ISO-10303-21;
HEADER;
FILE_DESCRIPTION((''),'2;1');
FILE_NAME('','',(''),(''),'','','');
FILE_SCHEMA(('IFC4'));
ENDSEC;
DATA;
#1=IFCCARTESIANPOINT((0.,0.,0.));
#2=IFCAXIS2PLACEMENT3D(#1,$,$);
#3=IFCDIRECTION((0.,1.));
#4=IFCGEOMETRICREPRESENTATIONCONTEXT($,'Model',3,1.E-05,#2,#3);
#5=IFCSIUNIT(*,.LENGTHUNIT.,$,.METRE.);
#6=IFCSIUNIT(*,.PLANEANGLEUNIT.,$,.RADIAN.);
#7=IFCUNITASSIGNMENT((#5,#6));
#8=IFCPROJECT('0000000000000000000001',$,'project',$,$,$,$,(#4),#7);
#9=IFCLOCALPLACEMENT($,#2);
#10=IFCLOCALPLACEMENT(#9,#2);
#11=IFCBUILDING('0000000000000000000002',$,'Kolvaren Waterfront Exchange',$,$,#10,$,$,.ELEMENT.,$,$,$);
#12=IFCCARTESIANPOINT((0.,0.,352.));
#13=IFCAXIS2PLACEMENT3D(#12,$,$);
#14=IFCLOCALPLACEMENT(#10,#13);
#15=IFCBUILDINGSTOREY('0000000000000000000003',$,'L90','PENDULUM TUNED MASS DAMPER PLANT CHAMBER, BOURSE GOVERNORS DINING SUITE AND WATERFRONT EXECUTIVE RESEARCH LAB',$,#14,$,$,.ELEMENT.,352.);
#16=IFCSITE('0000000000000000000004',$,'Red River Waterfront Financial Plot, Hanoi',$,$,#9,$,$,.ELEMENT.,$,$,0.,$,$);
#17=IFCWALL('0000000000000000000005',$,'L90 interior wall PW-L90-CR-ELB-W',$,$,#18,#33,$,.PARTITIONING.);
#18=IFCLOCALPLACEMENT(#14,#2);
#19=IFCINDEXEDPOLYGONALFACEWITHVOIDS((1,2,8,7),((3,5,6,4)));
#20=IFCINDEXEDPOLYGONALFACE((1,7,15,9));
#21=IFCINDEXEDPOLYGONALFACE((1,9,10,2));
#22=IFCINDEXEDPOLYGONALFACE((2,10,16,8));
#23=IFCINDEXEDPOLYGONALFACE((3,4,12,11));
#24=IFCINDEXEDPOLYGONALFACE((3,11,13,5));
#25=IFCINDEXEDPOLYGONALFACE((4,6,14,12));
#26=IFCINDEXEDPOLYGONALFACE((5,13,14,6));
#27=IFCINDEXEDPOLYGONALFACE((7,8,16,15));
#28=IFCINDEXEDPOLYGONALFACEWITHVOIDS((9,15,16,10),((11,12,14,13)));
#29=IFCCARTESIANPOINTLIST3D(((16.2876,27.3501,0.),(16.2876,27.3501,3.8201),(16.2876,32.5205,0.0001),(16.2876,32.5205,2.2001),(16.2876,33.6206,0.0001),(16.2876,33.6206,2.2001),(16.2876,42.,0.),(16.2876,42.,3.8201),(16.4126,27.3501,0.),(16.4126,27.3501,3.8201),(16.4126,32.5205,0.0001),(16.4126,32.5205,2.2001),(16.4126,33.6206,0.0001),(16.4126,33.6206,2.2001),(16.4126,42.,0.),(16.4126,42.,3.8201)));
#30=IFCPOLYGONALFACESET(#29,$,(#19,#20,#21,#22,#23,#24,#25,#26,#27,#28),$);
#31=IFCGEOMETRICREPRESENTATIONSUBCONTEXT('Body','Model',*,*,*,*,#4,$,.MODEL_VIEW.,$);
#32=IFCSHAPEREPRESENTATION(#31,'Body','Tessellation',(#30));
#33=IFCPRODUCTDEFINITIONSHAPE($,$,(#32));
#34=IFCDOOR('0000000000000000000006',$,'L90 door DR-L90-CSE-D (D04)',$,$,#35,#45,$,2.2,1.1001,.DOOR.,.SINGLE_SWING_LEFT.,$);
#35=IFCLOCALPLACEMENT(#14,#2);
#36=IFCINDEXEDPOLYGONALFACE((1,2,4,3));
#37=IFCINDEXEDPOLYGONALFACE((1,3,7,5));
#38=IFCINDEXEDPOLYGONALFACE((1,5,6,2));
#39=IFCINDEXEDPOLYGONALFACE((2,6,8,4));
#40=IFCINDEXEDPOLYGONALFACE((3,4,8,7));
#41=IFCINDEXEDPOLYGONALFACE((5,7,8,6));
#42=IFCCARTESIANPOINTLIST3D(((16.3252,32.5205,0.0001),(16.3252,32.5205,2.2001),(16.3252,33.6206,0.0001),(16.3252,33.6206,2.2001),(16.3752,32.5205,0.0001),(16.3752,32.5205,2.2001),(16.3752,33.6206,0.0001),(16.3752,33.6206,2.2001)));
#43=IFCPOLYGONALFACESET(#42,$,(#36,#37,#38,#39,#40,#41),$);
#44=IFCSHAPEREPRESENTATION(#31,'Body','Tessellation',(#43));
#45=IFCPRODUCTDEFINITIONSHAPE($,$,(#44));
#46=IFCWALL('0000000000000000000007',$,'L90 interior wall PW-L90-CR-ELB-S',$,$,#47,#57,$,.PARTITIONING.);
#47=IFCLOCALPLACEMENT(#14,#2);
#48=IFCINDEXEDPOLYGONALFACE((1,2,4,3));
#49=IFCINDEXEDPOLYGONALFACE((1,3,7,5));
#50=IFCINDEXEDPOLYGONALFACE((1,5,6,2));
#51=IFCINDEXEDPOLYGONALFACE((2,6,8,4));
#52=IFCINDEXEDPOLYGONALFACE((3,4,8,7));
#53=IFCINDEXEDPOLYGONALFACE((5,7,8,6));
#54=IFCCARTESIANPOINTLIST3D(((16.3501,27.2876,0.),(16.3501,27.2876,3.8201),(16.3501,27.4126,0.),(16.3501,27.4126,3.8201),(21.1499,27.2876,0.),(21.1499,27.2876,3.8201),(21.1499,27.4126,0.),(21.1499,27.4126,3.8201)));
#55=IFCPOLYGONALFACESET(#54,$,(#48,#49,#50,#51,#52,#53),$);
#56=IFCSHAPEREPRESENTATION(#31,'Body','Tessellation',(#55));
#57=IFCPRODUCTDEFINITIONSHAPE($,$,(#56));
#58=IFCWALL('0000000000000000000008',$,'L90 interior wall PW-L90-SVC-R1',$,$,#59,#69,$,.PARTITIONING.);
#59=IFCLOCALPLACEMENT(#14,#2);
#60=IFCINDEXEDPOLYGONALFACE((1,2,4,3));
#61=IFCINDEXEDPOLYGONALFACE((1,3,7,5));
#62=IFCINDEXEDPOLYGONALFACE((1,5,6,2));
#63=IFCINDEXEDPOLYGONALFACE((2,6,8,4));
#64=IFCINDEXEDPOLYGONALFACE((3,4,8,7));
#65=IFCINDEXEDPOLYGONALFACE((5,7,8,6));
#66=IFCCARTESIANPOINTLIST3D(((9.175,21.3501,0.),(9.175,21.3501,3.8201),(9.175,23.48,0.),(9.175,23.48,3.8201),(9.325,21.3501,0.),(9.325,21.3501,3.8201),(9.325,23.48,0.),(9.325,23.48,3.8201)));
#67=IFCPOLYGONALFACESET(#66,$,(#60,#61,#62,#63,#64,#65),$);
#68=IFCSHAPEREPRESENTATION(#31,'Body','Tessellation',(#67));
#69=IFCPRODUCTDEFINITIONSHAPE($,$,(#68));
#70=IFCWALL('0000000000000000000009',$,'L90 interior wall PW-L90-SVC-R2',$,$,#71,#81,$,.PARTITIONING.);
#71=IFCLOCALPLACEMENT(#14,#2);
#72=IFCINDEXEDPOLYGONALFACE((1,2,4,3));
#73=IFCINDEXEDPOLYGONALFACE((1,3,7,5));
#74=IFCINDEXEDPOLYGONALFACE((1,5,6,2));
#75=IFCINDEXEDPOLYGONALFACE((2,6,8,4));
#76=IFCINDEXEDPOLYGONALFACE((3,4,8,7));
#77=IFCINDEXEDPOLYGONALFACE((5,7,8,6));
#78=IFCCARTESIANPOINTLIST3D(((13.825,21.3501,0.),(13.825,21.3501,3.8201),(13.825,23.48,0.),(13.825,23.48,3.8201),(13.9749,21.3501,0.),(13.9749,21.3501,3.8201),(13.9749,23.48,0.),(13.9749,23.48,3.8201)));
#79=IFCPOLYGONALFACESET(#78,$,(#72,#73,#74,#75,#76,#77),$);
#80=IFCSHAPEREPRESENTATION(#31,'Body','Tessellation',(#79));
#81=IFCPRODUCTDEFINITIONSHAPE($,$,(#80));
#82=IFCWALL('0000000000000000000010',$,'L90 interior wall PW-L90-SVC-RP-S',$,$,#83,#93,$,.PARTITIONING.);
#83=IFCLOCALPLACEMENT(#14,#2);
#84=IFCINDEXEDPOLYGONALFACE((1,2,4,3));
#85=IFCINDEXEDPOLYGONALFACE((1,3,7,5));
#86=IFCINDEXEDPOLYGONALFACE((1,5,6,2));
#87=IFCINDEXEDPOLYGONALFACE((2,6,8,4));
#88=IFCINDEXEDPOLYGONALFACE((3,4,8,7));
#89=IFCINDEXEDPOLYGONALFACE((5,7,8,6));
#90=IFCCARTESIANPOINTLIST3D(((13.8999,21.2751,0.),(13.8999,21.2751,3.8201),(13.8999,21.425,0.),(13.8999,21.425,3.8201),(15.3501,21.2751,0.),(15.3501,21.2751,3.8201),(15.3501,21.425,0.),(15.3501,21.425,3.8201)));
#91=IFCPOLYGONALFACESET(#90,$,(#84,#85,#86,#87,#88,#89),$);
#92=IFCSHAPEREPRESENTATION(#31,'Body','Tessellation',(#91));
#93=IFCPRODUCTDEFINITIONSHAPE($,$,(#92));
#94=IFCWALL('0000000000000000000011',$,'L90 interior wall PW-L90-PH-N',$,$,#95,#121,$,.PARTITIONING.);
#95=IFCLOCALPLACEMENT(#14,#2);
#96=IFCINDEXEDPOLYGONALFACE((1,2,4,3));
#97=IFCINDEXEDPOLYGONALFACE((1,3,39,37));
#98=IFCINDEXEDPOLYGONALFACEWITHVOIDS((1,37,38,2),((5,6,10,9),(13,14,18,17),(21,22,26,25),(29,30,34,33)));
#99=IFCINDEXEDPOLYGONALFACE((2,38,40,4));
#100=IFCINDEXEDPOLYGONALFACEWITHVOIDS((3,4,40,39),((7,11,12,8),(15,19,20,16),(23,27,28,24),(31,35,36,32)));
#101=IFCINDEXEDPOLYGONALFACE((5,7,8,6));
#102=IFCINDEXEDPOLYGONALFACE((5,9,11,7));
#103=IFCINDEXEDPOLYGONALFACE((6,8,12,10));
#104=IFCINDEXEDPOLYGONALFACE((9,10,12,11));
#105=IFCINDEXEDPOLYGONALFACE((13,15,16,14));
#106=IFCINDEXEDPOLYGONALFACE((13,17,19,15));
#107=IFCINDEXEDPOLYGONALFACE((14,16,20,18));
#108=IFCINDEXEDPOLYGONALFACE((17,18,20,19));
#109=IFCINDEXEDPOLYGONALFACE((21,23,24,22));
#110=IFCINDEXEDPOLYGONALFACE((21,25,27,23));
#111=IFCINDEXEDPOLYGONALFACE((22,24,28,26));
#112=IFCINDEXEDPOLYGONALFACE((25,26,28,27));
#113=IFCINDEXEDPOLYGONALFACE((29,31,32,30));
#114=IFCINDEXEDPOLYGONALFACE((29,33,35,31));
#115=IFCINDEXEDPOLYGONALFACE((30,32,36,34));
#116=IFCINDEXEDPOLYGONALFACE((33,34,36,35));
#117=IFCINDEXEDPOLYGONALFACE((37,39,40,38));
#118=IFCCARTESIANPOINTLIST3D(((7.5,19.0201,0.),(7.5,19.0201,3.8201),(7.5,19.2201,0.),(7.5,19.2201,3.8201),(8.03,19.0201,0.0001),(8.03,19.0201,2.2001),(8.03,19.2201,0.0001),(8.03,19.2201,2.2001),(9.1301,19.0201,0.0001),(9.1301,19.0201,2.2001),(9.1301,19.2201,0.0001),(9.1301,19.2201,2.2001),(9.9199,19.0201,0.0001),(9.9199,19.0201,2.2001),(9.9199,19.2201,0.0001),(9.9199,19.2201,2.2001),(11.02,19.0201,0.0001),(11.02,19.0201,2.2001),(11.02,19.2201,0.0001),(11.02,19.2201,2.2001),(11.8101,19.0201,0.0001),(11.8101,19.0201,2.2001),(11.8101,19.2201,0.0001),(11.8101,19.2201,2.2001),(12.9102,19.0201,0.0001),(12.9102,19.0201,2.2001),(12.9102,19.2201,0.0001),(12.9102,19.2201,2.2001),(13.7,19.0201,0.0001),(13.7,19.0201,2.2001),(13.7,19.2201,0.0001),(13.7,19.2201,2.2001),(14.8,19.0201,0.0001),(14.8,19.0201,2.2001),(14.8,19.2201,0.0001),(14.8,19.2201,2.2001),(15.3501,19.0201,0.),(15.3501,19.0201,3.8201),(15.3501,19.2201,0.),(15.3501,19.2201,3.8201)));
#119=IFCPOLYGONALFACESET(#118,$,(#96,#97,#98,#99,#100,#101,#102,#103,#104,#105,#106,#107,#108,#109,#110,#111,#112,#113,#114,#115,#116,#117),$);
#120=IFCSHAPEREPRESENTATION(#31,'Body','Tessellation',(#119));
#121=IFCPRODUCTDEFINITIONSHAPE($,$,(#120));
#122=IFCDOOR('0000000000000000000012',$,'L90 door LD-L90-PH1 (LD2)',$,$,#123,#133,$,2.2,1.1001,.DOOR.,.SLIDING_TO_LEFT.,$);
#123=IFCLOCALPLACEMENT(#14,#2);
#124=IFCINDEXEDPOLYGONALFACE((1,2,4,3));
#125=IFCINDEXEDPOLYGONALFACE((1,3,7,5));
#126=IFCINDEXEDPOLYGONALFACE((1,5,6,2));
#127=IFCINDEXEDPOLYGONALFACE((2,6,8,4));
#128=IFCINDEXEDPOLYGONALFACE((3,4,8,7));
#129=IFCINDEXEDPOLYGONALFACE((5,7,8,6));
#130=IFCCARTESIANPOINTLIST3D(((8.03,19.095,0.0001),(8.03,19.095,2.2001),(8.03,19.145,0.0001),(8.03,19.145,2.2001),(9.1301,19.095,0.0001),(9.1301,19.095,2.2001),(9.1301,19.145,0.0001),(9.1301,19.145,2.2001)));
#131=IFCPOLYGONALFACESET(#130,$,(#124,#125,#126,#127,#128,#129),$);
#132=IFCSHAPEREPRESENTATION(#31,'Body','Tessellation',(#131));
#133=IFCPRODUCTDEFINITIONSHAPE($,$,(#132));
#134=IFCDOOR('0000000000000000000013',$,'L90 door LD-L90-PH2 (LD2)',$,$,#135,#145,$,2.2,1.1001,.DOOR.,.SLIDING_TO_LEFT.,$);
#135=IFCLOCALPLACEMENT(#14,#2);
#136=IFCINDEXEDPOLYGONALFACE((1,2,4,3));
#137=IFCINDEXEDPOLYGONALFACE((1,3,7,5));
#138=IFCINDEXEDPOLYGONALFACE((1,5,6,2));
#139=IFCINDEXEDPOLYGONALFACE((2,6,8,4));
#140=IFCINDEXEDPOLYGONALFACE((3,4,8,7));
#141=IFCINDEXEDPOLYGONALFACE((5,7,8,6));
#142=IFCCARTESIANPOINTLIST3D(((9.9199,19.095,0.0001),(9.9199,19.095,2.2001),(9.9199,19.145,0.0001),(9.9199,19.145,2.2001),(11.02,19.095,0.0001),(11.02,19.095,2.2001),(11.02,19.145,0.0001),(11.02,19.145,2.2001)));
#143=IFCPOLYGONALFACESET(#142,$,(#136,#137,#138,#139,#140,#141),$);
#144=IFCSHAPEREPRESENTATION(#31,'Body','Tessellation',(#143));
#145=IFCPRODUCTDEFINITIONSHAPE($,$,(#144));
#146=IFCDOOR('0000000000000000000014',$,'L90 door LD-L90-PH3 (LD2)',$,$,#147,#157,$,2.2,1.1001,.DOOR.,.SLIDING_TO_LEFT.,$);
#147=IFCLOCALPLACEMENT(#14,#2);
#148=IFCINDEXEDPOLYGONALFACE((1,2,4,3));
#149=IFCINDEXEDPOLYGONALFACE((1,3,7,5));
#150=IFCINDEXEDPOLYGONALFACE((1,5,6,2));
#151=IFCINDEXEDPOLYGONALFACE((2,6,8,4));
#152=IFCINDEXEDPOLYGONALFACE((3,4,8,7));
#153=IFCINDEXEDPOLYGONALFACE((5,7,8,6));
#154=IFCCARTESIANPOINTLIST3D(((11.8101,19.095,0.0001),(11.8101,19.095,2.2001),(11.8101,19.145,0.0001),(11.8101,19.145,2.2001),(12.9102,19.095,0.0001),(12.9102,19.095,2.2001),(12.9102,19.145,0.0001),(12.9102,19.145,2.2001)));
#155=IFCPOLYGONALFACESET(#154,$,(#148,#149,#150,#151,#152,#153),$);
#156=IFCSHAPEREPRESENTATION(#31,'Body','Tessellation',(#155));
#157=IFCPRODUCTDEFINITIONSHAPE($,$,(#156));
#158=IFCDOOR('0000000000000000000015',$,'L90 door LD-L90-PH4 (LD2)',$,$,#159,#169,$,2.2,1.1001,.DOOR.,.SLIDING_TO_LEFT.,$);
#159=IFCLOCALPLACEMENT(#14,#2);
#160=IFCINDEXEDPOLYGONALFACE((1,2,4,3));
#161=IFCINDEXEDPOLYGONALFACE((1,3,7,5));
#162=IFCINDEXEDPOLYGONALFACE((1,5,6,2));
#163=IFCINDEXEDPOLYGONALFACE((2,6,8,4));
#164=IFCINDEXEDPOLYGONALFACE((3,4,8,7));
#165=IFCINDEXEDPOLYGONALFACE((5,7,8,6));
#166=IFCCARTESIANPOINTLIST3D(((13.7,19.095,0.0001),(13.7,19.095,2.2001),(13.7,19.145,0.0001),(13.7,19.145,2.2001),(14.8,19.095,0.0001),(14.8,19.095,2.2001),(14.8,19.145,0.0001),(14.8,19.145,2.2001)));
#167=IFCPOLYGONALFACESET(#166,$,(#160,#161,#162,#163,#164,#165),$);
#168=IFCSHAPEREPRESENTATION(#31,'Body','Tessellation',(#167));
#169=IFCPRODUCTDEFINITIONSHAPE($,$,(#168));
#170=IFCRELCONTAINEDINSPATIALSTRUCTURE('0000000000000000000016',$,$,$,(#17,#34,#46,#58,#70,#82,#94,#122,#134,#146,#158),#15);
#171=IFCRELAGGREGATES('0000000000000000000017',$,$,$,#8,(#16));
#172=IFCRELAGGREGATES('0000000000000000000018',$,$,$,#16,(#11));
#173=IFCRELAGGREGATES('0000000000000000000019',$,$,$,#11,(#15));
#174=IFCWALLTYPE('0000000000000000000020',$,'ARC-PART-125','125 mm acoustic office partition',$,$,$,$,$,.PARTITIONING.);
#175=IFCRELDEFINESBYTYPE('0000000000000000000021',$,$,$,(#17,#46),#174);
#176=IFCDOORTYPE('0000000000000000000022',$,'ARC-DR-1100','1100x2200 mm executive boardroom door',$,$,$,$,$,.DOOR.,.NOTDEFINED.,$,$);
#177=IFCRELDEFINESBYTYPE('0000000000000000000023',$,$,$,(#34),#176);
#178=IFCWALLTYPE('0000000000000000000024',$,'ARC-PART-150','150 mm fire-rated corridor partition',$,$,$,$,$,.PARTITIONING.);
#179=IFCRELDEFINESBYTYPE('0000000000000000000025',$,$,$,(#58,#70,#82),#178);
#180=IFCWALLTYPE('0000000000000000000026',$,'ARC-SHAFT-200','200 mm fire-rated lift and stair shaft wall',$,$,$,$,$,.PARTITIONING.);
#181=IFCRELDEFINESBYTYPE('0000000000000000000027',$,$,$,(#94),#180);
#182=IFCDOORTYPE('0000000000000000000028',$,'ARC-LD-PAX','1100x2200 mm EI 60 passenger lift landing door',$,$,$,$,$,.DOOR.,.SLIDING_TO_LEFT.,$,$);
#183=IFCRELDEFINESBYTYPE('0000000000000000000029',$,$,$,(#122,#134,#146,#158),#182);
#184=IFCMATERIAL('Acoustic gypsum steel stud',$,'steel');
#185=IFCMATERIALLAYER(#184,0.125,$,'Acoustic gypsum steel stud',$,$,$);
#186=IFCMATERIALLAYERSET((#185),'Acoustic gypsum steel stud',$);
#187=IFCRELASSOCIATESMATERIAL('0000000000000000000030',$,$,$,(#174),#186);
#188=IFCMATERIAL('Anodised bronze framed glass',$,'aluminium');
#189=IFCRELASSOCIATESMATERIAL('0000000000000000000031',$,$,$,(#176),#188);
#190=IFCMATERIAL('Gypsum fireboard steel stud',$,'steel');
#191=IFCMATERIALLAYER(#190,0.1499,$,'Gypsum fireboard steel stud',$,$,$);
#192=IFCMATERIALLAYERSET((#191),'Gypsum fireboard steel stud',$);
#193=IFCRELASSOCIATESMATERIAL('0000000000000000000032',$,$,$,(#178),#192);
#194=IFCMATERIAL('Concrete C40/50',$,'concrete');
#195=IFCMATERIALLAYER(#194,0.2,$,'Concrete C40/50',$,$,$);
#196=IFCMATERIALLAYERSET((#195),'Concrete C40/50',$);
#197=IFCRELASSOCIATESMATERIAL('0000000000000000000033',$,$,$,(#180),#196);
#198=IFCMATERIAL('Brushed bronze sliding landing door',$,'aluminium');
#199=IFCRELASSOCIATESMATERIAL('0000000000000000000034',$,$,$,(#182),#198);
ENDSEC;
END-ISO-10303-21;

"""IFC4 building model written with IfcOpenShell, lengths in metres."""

from ifc_helpers import new_model, si_unit, direction, frame, frame_2d, origin, place, context, subcontext, project, spatial, rectangle, extrude, material, layer, layer_set, type_object, element, fill, save


model = new_model("IFC4")

# Units and contexts
model_context = context("Model", 3, precision=1e-05, world=origin(), true_north=direction((0.0, 1.0)))
body_context = subcontext(model_context, "Body", "Model", "MODEL_VIEW")
ifc_project = project(units=[si_unit("LENGTHUNIT", "METRE"), si_unit("PLANEANGLEUNIT", "RADIAN")], contexts=[model_context])

# Site, building, storey
site_placement = place(None, origin())
site = spatial("IfcSite", under=ifc_project, at=site_placement, Name="Red River Waterfront Financial Plot, Hanoi", CompositionType="ELEMENT", RefElevation=0.0)
building_placement = place(site_placement, origin())
building = spatial("IfcBuilding", under=site, at=building_placement, Name="Kolvaren Waterfront Exchange", CompositionType="ELEMENT")
storey_placement = place(building_placement, frame((0.0, 0.0, 352.0)))
storey = spatial("IfcBuildingStorey", under=building, at=storey_placement, Name="L90", Description="PENDULUM TUNED MASS DAMPER PLANT CHAMBER, BOURSE GOVERNORS DINING SUITE AND WATERFRONT EXECUTIVE RESEARCH LAB", CompositionType="ELEMENT", Elevation=352.0)

# Shared definitions
ifc_material_1 = material(Name="Acoustic gypsum steel stud", Category="steel")
ifc_layer_1 = layer(ifc_material_1, 0.125, Name="Acoustic gypsum steel stud")
ifc_layer_set_1 = layer_set([ifc_layer_1], Name="Acoustic gypsum steel stud")
wall_type_1 = type_object("IfcWallType", Name="ARC-PART-125", Description="125 mm acoustic office partition", PredefinedType="PARTITIONING", material=ifc_layer_set_1)

# Wall, opening, door
wall_1_placement = place(storey_placement, frame((16.3501, 27.3501, 0.0), z_axis=(0.0, 0.0, 1.0), x_axis=(0.0, 1.0, 0.0)))
wall_1 = element("IfcWall", 1, at=wall_1_placement, inside=storey, type_object=wall_type_1, Name="L90 interior wall PW-L90-CR-ELB-W", PredefinedType="PARTITIONING", context=body_context, shape_type="SweptSolid", body=[
    extrude(rectangle(XDim=14.6499, YDim=0.125, at=frame_2d((7.325, 0.0))), origin(), (0.0, 0.0, 1.0), 3.8201),
])
opening_1_placement = place(wall_1_placement, frame((5.1704, 0.0, 0.0)))
opening_1 = element("IfcOpeningElement", 2, at=opening_1_placement, cuts=wall_1, PredefinedType="OPENING", context=body_context, shape_type="SweptSolid", body=[
    extrude(rectangle(XDim=1.1001, YDim=2.2, at=frame_2d((0.55, 1.1001))), frame((0.0, 0.0725, 0.0), z_axis=(0.0, -1.0, 0.0), x_axis=(1.0, 0.0, 0.0)), (0.0, 0.0, 1.0), 0.145),
])
ifc_material_2 = material(Name="Anodised bronze framed glass", Category="aluminium")
door_type_1 = type_object("IfcDoorType", Name="ARC-DR-1100", Description="1100x2200 mm executive boardroom door", OperationType="NOTDEFINED", PredefinedType="DOOR", material=ifc_material_2)
door_1_placement = place(opening_1_placement, origin())
door_1 = element("IfcDoor", 3, at=door_1_placement, inside=storey, type_object=door_type_1, Name="L90 door DR-L90-CSE-D (D04)", OperationType="SINGLE_SWING_LEFT", OverallHeight=2.2, OverallWidth=1.1001, PredefinedType="DOOR", context=body_context, shape_type="SweptSolid", body=[
    extrude(rectangle(XDim=1.1001, YDim=2.2, at=frame_2d((0.55, 1.1001))), frame((0.0, 0.0249, 0.0), z_axis=(0.0, -1.0, 0.0), x_axis=(1.0, 0.0, 0.0)), (0.0, 0.0, 1.0), 0.05),
])
fill(opening_1, door_1)

# Walls
wall_2_placement = place(storey_placement, frame((16.3501, 27.3501, 0.0), z_axis=(0.0, 0.0, 1.0), x_axis=(1.0, 0.0, 0.0)))
element("IfcWall", 4, at=wall_2_placement, inside=storey, type_object=wall_type_1, Name="L90 interior wall PW-L90-CR-ELB-S", PredefinedType="PARTITIONING", context=body_context, shape_type="SweptSolid", body=[
    extrude(rectangle(XDim=4.7998, YDim=0.125, at=frame_2d((2.3999, 0.0))), origin(), (0.0, 0.0, 1.0), 3.8201),
])
ifc_material_3 = material(Name="Gypsum fireboard steel stud", Category="steel")
ifc_layer_2 = layer(ifc_material_3, 0.1499, Name="Gypsum fireboard steel stud")
ifc_layer_set_2 = layer_set([ifc_layer_2], Name="Gypsum fireboard steel stud")
wall_type_2 = type_object("IfcWallType", Name="ARC-PART-150", Description="150 mm fire-rated corridor partition", PredefinedType="PARTITIONING", material=ifc_layer_set_2)
for number, where, z_axis, x_axis, name in (
    (5, (9.25, 21.3501, 0.0), (0.0, 0.0, 1.0), (0.0, 1.0, 0.0), "L90 interior wall PW-L90-SVC-R1"),
    (6, (13.8999, 21.3501, 0.0), (0.0, 0.0, 1.0), (0.0, 1.0, 0.0), "L90 interior wall PW-L90-SVC-R2"),
):
    element("IfcWall", number, at=place(storey_placement, frame(where, z_axis=z_axis, x_axis=x_axis)), inside=storey, type_object=wall_type_2, Name=name, PredefinedType="PARTITIONING", context=body_context, shape_type="SweptSolid", body=[
        extrude(rectangle(XDim=2.1299, YDim=0.1499, at=frame_2d((1.0649, 0.0))), origin(), (0.0, 0.0, 1.0), 3.8201),
    ])

# Wall
wall_3_placement = place(storey_placement, frame((13.8999, 21.3501, 0.0), z_axis=(0.0, 0.0, 1.0), x_axis=(1.0, 0.0, 0.0)))
element("IfcWall", 7, at=wall_3_placement, inside=storey, type_object=wall_type_2, Name="L90 interior wall PW-L90-SVC-RP-S", PredefinedType="PARTITIONING", context=body_context, shape_type="SweptSolid", body=[
    extrude(rectangle(XDim=1.4502, YDim=0.1499, at=frame_2d((0.7251, 0.0))), origin(), (0.0, 0.0, 1.0), 3.8201),
])

# Wall, openings, doors
ifc_material_4 = material(Name="Concrete C40/50", Category="concrete")
ifc_layer_3 = layer(ifc_material_4, 0.2, Name="Concrete C40/50")
ifc_layer_set_3 = layer_set([ifc_layer_3], Name="Concrete C40/50")
wall_type_3 = type_object("IfcWallType", Name="ARC-SHAFT-200", Description="200 mm fire-rated lift and stair shaft wall", PredefinedType="PARTITIONING", material=ifc_layer_set_3)
wall_4_placement = place(storey_placement, frame((7.5, 19.1201, 0.0), z_axis=(0.0, 0.0, 1.0), x_axis=(1.0, 0.0, 0.0)))
wall_4 = element("IfcWall", 8, at=wall_4_placement, inside=storey, type_object=wall_type_3, Name="L90 interior wall PW-L90-PH-N", PredefinedType="PARTITIONING", context=body_context, shape_type="SweptSolid", body=[
    extrude(rectangle(XDim=7.8501, YDim=0.2, at=frame_2d((3.925, 0.0))), origin(), (0.0, 0.0, 1.0), 3.8201),
])
opening_2_placement = place(wall_4_placement, frame((0.53, 0.0, 0.0)))
opening_2 = element("IfcOpeningElement", 9, at=opening_2_placement, cuts=wall_4, PredefinedType="OPENING", context=body_context, shape_type="SweptSolid", body=[
    extrude(rectangle(XDim=1.1001, YDim=2.2, at=frame_2d((0.55, 1.1001))), frame((0.0, 0.1099, 0.0), z_axis=(0.0, -1.0, 0.0), x_axis=(1.0, 0.0, 0.0)), (0.0, 0.0, 1.0), 0.22),
])
opening_3_placement = place(wall_4_placement, frame((2.4199, 0.0, 0.0)))
opening_3 = element("IfcOpeningElement", 10, at=opening_3_placement, cuts=wall_4, PredefinedType="OPENING", context=body_context, shape_type="SweptSolid", body=[
    extrude(rectangle(XDim=1.1001, YDim=2.2, at=frame_2d((0.55, 1.1001))), frame((0.0, 0.1099, 0.0), z_axis=(0.0, -1.0, 0.0), x_axis=(1.0, 0.0, 0.0)), (0.0, 0.0, 1.0), 0.22),
])
opening_4_placement = place(wall_4_placement, frame((4.3101, 0.0, 0.0)))
opening_4 = element("IfcOpeningElement", 11, at=opening_4_placement, cuts=wall_4, PredefinedType="OPENING", context=body_context, shape_type="SweptSolid", body=[
    extrude(rectangle(XDim=1.1001, YDim=2.2, at=frame_2d((0.55, 1.1001))), frame((0.0, 0.1099, 0.0), z_axis=(0.0, -1.0, 0.0), x_axis=(1.0, 0.0, 0.0)), (0.0, 0.0, 1.0), 0.22),
])
opening_5_placement = place(wall_4_placement, frame((6.2, 0.0, 0.0)))
opening_5 = element("IfcOpeningElement", 12, at=opening_5_placement, cuts=wall_4, PredefinedType="OPENING", context=body_context, shape_type="SweptSolid", body=[
    extrude(rectangle(XDim=1.1001, YDim=2.2, at=frame_2d((0.55, 1.1001))), frame((0.0, 0.1099, 0.0), z_axis=(0.0, -1.0, 0.0), x_axis=(1.0, 0.0, 0.0)), (0.0, 0.0, 1.0), 0.22),
])
ifc_material_5 = material(Name="Brushed bronze sliding landing door", Category="aluminium")
door_type_2 = type_object("IfcDoorType", Name="ARC-LD-PAX", Description="1100x2200 mm EI 60 passenger lift landing door", OperationType="SLIDING_TO_LEFT", PredefinedType="DOOR", material=ifc_material_5)
door_2_placement = place(opening_2_placement, origin())
door_2 = element("IfcDoor", 13, at=door_2_placement, inside=storey, type_object=door_type_2, Name="L90 door LD-L90-PH1 (LD2)", OperationType="SLIDING_TO_LEFT", OverallHeight=2.2, OverallWidth=1.1001, PredefinedType="DOOR", context=body_context, shape_type="SweptSolid", body=[
    extrude(rectangle(XDim=1.1001, YDim=2.2, at=frame_2d((0.55, 1.1001))), frame((0.0, 0.0249, 0.0), z_axis=(0.0, -1.0, 0.0), x_axis=(1.0, 0.0, 0.0)), (0.0, 0.0, 1.0), 0.05),
])
fill(opening_2, door_2)
door_3_placement = place(opening_3_placement, origin())
door_3 = element("IfcDoor", 14, at=door_3_placement, inside=storey, type_object=door_type_2, Name="L90 door LD-L90-PH2 (LD2)", OperationType="SLIDING_TO_LEFT", OverallHeight=2.2, OverallWidth=1.1001, PredefinedType="DOOR", context=body_context, shape_type="SweptSolid", body=[
    extrude(rectangle(XDim=1.1001, YDim=2.2, at=frame_2d((0.55, 1.1001))), frame((0.0, 0.0249, 0.0), z_axis=(0.0, -1.0, 0.0), x_axis=(1.0, 0.0, 0.0)), (0.0, 0.0, 1.0), 0.05),
])
fill(opening_3, door_3)
door_4_placement = place(opening_4_placement, origin())
door_4 = element("IfcDoor", 15, at=door_4_placement, inside=storey, type_object=door_type_2, Name="L90 door LD-L90-PH3 (LD2)", OperationType="SLIDING_TO_LEFT", OverallHeight=2.2, OverallWidth=1.1001, PredefinedType="DOOR", context=body_context, shape_type="SweptSolid", body=[
    extrude(rectangle(XDim=1.1001, YDim=2.2, at=frame_2d((0.55, 1.1001))), frame((0.0, 0.0249, 0.0), z_axis=(0.0, -1.0, 0.0), x_axis=(1.0, 0.0, 0.0)), (0.0, 0.0, 1.0), 0.05),
])
fill(opening_4, door_4)
door_5_placement = place(opening_5_placement, origin())
door_5 = element("IfcDoor", 16, at=door_5_placement, inside=storey, type_object=door_type_2, Name="L90 door LD-L90-PH4 (LD2)", OperationType="SLIDING_TO_LEFT", OverallHeight=2.2, OverallWidth=1.1001, PredefinedType="DOOR", context=body_context, shape_type="SweptSolid", body=[
    extrude(rectangle(XDim=1.1001, YDim=2.2, at=frame_2d((0.55, 1.1001))), frame((0.0, 0.0249, 0.0), z_axis=(0.0, -1.0, 0.0), x_axis=(1.0, 0.0, 0.0)), (0.0, 0.0, 1.0), 0.05),
])
fill(opening_5, door_5)

save(model, "model.ifc")
